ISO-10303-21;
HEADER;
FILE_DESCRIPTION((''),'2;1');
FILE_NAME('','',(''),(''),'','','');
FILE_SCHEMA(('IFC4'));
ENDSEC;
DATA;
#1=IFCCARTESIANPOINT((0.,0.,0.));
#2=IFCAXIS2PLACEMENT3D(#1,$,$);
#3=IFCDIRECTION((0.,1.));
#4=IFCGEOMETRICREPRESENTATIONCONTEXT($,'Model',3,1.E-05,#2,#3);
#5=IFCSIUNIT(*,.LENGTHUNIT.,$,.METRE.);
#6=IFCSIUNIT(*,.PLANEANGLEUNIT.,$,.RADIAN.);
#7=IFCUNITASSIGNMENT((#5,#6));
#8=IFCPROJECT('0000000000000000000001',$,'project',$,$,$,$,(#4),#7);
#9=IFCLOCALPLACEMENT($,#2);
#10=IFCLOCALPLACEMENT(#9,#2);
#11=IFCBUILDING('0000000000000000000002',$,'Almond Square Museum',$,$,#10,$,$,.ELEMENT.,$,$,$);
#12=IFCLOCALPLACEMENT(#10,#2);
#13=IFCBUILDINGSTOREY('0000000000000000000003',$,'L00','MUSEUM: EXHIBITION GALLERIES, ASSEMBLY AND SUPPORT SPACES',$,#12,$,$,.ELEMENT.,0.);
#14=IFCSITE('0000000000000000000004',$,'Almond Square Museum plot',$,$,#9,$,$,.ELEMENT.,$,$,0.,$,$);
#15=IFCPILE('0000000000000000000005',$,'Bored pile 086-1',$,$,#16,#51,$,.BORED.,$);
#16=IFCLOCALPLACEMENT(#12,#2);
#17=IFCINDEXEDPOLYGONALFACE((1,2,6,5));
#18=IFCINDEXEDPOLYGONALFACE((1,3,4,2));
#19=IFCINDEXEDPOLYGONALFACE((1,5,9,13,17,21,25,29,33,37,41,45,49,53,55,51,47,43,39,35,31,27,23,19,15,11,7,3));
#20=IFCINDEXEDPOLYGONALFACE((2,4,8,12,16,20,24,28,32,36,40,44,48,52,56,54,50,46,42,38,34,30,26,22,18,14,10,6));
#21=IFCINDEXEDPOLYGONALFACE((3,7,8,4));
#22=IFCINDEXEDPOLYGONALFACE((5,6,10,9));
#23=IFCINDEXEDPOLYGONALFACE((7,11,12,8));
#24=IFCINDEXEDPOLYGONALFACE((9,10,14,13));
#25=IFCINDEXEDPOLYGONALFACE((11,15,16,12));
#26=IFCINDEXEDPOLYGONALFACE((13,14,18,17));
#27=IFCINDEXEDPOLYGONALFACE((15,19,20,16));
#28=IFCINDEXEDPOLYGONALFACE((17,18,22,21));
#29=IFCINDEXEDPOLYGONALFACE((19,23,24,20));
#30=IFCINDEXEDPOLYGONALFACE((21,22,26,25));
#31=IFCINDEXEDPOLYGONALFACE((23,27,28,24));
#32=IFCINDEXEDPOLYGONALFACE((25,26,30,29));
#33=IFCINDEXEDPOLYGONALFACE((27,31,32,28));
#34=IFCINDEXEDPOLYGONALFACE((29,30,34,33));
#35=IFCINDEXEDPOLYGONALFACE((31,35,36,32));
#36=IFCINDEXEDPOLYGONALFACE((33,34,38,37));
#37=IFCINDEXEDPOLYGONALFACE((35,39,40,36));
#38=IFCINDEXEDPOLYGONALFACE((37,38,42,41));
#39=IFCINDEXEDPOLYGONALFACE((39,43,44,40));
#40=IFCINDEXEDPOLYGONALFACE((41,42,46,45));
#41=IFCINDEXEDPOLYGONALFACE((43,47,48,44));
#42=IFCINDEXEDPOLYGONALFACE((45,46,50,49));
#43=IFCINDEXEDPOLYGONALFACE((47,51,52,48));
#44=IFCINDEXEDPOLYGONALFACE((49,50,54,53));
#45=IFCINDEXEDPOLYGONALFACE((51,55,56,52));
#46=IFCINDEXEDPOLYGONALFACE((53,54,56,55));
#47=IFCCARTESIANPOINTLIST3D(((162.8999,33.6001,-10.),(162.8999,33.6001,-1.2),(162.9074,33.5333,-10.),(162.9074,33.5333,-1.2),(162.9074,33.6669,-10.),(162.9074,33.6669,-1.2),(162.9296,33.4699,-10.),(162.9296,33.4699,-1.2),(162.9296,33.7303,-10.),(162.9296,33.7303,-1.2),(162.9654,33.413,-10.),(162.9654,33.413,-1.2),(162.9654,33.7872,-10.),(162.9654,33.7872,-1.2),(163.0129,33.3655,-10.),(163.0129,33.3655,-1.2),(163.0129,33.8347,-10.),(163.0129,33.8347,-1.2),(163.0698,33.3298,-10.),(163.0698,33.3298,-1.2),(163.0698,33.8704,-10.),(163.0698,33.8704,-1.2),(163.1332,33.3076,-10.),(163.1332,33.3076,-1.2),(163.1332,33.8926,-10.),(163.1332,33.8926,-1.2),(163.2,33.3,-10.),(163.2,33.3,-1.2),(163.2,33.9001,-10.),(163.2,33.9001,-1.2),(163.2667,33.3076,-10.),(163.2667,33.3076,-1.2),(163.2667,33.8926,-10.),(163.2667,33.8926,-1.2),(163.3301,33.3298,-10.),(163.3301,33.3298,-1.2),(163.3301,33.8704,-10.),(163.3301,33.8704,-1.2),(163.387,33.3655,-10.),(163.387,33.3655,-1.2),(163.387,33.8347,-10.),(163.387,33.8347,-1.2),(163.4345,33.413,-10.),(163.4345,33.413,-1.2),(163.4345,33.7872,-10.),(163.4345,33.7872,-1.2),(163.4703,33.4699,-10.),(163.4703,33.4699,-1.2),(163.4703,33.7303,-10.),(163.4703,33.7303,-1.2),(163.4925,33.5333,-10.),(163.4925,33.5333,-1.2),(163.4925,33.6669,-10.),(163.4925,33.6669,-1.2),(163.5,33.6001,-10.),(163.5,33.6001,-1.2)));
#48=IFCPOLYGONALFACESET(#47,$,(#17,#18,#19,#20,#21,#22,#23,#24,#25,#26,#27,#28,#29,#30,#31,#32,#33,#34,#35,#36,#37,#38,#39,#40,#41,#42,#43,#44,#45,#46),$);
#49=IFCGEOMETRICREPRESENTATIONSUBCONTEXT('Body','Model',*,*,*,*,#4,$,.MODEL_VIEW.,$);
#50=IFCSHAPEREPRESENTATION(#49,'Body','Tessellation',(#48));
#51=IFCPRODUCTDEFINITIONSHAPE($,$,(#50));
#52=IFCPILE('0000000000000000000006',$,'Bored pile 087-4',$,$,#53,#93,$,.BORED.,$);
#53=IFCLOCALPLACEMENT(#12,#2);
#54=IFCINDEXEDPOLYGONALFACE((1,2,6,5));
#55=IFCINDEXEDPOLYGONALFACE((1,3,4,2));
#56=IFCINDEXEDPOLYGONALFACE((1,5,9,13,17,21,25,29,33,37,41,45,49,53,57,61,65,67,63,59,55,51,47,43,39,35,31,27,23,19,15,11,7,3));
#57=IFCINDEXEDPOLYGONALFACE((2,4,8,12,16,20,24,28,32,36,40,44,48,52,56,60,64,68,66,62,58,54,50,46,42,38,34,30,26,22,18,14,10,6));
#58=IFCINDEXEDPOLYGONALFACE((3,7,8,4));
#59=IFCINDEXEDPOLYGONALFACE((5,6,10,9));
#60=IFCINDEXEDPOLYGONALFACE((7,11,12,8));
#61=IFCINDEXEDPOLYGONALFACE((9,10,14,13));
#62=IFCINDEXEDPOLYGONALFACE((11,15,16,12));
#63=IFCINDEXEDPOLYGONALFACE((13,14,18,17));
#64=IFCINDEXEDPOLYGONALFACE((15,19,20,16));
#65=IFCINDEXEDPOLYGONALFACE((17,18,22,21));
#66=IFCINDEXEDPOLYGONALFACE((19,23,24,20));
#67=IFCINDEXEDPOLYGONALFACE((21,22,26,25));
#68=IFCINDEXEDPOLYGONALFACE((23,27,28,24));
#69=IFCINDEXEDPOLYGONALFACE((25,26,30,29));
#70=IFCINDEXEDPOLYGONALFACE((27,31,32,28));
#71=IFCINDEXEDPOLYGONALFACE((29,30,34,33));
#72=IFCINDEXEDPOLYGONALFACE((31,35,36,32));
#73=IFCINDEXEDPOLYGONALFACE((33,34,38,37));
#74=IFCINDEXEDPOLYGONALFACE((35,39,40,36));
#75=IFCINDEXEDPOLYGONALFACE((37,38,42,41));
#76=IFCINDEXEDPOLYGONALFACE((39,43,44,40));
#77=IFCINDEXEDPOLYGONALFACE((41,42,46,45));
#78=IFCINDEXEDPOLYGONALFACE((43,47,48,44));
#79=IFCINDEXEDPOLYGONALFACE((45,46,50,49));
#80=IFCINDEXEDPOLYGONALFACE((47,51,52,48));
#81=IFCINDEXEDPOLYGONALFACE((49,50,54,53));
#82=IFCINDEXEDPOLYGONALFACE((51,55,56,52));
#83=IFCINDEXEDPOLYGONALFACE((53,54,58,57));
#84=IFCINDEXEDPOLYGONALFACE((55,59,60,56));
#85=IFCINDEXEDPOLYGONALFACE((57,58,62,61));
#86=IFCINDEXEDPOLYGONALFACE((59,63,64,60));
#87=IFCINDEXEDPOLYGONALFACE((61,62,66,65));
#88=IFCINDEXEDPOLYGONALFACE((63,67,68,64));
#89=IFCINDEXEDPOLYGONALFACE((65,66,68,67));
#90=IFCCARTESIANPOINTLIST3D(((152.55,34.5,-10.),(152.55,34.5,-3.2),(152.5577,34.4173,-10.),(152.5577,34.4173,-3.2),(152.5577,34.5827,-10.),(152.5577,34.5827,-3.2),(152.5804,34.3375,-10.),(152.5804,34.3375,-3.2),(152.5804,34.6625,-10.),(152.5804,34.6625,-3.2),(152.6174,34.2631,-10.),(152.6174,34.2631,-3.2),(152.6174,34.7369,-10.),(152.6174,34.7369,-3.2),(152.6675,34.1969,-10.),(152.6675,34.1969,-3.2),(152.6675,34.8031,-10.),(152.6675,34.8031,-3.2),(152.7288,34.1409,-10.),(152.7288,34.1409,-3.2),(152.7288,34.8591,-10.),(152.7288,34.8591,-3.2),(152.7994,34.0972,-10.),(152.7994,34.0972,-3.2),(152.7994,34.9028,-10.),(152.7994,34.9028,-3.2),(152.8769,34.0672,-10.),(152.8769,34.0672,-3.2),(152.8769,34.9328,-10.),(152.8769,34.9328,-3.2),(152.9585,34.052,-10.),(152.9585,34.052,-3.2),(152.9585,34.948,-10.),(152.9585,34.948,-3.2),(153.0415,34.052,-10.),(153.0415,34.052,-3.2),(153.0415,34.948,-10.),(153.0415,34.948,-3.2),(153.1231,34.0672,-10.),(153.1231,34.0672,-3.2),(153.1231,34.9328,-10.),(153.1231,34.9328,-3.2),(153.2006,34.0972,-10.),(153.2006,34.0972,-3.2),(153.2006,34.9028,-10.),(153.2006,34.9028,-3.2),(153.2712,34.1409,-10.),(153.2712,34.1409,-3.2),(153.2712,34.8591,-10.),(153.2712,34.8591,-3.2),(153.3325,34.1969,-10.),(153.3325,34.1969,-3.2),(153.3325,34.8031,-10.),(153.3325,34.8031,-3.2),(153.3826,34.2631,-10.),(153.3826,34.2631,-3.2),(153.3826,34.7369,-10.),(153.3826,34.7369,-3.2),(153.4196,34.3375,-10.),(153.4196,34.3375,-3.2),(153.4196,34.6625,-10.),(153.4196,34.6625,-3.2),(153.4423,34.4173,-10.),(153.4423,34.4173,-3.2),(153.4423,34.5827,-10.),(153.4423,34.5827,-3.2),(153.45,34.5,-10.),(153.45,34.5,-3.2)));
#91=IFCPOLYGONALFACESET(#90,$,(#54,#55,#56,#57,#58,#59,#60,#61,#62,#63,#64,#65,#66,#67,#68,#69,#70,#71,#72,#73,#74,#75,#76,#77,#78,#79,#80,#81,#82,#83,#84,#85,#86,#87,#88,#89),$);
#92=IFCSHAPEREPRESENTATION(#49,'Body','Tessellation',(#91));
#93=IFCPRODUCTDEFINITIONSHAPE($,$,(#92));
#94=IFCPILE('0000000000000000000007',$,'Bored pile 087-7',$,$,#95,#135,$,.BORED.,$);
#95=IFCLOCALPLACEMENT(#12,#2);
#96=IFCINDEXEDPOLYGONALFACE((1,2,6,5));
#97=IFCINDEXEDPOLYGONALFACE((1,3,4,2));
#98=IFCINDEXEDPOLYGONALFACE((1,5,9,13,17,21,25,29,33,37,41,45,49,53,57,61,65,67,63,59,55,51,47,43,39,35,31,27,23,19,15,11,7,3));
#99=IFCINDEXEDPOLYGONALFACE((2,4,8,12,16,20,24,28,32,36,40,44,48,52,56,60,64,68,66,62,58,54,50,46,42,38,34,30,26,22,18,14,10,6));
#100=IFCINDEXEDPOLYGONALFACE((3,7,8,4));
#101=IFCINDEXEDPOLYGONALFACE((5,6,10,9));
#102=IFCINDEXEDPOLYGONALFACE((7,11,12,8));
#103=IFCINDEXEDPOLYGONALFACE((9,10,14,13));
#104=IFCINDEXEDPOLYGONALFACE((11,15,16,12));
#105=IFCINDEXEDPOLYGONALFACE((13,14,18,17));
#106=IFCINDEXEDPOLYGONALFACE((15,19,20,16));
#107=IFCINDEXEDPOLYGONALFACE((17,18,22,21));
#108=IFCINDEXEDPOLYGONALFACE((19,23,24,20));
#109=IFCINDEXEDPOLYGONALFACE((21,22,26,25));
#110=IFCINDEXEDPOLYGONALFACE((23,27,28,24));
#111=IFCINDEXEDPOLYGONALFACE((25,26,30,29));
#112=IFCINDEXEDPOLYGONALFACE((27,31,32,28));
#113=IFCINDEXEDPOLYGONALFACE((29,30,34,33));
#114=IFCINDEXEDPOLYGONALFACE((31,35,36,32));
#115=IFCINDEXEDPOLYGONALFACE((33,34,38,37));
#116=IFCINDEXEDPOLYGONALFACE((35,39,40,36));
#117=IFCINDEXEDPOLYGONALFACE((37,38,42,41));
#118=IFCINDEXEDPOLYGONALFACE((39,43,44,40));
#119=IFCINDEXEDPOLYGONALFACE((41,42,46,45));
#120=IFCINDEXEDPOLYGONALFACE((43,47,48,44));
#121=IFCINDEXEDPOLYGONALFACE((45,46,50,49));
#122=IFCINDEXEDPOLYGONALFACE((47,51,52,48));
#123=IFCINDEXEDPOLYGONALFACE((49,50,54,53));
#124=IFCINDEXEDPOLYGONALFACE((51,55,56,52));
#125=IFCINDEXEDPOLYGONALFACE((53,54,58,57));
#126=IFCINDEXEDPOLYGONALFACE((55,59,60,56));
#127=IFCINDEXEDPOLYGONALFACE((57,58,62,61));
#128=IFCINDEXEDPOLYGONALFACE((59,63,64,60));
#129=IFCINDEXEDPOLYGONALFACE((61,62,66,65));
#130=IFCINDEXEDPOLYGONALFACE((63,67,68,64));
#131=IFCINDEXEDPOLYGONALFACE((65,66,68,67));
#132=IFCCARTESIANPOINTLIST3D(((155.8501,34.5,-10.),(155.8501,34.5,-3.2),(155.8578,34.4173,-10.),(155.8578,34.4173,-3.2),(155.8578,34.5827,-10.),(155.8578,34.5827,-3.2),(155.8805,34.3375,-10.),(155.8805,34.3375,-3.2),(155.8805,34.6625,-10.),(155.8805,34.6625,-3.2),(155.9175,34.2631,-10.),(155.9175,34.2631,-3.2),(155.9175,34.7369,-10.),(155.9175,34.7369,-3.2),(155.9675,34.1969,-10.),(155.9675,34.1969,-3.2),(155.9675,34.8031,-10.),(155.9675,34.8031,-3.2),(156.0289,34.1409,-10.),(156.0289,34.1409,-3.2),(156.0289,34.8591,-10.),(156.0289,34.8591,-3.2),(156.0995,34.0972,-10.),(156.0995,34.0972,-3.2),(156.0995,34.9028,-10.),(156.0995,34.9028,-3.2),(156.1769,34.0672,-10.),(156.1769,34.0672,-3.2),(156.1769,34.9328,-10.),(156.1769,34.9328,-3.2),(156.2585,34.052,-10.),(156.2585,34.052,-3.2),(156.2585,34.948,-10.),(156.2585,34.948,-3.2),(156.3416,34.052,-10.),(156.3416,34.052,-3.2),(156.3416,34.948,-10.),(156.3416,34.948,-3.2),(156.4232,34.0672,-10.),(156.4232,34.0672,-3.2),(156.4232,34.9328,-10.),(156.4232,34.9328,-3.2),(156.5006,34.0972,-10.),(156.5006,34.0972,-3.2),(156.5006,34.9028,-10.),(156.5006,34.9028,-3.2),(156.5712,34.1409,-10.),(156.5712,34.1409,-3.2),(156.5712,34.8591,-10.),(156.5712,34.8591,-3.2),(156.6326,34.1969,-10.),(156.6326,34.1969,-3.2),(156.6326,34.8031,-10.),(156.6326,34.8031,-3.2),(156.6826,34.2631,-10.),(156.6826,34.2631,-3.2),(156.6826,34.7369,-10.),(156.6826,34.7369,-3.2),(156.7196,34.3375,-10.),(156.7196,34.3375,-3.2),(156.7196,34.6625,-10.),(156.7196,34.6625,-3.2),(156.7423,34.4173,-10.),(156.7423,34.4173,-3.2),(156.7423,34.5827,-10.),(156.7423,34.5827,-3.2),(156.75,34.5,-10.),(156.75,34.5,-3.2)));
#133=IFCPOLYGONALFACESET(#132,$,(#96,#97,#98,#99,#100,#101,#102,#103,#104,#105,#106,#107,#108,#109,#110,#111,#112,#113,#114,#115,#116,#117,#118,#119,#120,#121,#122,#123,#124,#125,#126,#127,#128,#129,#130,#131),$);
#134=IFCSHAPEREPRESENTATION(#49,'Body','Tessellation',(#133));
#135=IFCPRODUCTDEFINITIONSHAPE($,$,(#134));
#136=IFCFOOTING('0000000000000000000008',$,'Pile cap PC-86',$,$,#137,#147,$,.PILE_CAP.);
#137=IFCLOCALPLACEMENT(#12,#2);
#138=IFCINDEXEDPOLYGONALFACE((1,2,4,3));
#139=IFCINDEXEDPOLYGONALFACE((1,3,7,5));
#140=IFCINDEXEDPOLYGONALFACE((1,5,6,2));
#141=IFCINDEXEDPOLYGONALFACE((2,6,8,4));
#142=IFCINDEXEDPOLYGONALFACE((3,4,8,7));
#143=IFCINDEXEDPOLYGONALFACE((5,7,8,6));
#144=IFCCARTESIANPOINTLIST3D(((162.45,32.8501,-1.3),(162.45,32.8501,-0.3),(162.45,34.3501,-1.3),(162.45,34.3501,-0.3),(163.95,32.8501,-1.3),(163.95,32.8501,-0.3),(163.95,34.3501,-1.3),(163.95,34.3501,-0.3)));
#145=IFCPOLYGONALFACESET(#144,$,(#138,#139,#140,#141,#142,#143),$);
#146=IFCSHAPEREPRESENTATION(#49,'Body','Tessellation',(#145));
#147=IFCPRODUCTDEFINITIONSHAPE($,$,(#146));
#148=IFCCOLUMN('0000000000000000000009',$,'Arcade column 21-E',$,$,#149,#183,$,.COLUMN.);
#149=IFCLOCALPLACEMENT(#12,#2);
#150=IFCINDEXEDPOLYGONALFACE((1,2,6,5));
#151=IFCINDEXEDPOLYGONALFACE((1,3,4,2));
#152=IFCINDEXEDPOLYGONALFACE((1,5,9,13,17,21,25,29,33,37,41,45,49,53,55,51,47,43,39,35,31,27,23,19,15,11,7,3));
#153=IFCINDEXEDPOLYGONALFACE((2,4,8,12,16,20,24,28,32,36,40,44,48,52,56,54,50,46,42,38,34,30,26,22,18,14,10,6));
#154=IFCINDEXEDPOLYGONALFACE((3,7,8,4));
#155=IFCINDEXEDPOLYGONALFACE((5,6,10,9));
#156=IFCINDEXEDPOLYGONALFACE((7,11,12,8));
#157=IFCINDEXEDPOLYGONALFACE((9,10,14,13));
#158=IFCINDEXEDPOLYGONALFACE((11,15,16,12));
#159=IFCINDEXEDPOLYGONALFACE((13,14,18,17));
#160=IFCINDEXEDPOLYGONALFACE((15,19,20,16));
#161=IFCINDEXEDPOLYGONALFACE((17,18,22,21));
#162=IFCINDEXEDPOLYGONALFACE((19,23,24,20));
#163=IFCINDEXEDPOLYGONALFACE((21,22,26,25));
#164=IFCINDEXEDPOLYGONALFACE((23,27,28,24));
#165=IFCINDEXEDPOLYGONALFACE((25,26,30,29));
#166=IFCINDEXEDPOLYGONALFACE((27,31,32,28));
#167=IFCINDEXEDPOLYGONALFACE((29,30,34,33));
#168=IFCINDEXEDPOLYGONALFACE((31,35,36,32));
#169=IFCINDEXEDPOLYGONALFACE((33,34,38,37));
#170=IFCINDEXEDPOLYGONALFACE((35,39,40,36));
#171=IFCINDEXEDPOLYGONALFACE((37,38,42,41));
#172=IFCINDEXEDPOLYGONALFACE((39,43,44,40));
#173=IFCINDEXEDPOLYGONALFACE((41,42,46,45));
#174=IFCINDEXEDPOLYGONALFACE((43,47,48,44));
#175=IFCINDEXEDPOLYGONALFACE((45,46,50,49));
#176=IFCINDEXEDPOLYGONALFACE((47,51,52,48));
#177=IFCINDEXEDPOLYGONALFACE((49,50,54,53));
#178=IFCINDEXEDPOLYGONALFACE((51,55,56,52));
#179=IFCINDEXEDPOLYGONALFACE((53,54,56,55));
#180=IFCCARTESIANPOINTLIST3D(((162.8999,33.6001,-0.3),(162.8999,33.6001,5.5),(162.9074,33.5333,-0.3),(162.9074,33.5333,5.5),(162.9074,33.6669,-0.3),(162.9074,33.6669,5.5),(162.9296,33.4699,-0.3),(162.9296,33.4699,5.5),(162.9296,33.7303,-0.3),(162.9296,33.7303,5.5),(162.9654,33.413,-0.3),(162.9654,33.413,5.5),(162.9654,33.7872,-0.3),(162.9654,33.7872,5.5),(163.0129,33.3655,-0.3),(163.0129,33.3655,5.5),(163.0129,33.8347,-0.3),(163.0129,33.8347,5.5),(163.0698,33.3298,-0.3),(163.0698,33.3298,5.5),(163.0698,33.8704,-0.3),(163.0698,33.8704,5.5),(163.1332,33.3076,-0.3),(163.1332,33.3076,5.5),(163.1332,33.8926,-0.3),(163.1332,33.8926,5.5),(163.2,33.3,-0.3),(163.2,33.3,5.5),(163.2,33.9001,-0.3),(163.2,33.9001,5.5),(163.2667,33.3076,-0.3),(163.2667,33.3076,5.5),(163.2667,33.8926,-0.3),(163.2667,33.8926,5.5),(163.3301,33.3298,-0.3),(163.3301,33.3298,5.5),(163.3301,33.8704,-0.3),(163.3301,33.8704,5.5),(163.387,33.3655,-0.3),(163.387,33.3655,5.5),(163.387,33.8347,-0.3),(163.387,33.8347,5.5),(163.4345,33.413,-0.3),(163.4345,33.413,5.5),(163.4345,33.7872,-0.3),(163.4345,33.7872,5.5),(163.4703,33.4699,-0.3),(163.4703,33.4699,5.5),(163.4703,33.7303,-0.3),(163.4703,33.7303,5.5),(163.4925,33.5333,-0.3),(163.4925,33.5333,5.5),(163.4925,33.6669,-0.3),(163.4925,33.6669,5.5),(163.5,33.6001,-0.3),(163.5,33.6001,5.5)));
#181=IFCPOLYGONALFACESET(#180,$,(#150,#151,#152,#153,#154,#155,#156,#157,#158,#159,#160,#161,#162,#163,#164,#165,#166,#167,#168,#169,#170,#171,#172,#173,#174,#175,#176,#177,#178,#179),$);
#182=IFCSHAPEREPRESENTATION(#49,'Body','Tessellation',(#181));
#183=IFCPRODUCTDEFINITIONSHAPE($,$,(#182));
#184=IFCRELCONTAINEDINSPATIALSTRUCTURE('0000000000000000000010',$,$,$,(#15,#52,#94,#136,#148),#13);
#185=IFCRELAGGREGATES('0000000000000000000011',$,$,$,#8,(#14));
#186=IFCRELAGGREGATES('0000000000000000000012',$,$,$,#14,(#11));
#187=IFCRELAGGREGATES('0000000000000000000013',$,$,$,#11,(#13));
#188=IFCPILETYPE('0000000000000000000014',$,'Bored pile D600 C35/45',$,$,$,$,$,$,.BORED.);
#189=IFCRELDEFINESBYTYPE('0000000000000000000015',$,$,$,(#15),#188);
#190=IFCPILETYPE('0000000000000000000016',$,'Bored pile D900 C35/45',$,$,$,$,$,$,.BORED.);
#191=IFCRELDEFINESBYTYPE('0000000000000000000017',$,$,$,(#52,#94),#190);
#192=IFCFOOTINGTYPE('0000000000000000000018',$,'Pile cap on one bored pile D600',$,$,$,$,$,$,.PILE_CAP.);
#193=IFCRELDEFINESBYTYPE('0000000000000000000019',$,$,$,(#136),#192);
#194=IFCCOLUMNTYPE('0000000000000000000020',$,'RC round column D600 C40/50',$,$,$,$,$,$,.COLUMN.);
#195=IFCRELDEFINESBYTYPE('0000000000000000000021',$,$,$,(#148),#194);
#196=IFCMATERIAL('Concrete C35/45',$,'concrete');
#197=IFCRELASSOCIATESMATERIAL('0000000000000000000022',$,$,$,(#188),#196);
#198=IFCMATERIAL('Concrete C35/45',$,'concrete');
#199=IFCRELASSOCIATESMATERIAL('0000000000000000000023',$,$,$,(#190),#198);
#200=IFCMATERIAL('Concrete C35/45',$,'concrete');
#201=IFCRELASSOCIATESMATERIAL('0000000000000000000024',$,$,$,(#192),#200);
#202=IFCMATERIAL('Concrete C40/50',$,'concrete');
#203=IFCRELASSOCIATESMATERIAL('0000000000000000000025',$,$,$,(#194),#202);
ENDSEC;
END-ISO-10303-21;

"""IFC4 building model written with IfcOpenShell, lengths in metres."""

from ifc_helpers import new_model, si_unit, direction, frame, origin, origin_2d, place, context, subcontext, project, spatial, rectangle, circle, extrude, material, material_profile, profile_set, type_object, element, save


model = new_model("IFC4")

# Units and contexts
model_context = context("Model", 3, precision=1e-05, world=origin(), true_north=direction((0.0, 1.0)))
body_context = subcontext(model_context, "Body", "Model", "MODEL_VIEW")
ifc_project = project(units=[si_unit("LENGTHUNIT", "METRE"), si_unit("PLANEANGLEUNIT", "RADIAN")], contexts=[model_context])

# Site, building, storey
site_placement = place(None, origin())
site = spatial("IfcSite", under=ifc_project, at=site_placement, Name="Almond Square Museum plot", CompositionType="ELEMENT", RefElevation=0.0)
building_placement = place(site_placement, origin())
building = spatial("IfcBuilding", under=site, at=building_placement, Name="Almond Square Museum", CompositionType="ELEMENT")
storey_placement = place(building_placement, origin())
storey = spatial("IfcBuildingStorey", under=building, at=storey_placement, Name="L00", Description="MUSEUM: EXHIBITION GALLERIES, ASSEMBLY AND SUPPORT SPACES", CompositionType="ELEMENT", Elevation=0.0)

# Piles
ifc_material_1 = material(Name="Concrete C35/45", Category="concrete")
ifc_material_profile_1 = material_profile(ifc_material_1, circle(Radius=0.3, at=origin_2d()))
ifc_profile_set_1 = profile_set([ifc_material_profile_1], Name="Concrete C35/45")
pile_type_1 = type_object("IfcPileType", Name="Bored pile D600 C35/45", PredefinedType="BORED", material=ifc_profile_set_1)
pile_placement = place(storey_placement, frame((163.2, 33.6001, -1.2), z_axis=(0.0, 0.0, -1.0), x_axis=(1.0, 0.0, 0.0)))
element("IfcPile", 1, at=pile_placement, inside=storey, type_object=pile_type_1, Name="Bored pile 086-1", PredefinedType="BORED", context=body_context, shape_type="SweptSolid", body=[
    extrude(circle(Radius=0.3, at=origin_2d()), origin(), (0.0, 0.0, 1.0), 8.8),
])
ifc_material_2 = material(Name="Concrete C35/45", Category="concrete")
ifc_material_profile_2 = material_profile(ifc_material_2, circle(Radius=0.45, at=origin_2d()))
ifc_profile_set_2 = profile_set([ifc_material_profile_2], Name="Concrete C35/45")
pile_type_2 = type_object("IfcPileType", Name="Bored pile D900 C35/45", PredefinedType="BORED", material=ifc_profile_set_2)
for number, where, z_axis, x_axis, name in (
    (2, (153.0, 34.5, -3.2), (0.0, 0.0, -1.0), (1.0, 0.0, 0.0), "Bored pile 087-4"),
    (3, (156.3, 34.5, -3.2), (0.0, 0.0, -1.0), (1.0, 0.0, 0.0), "Bored pile 087-7"),
):
    element("IfcPile", number, at=place(storey_placement, frame(where, z_axis=z_axis, x_axis=x_axis)), inside=storey, type_object=pile_type_2, Name=name, PredefinedType="BORED", context=body_context, shape_type="SweptSolid", body=[
        extrude(circle(Radius=0.45, at=origin_2d()), origin(), (0.0, 0.0, 1.0), 6.8),
    ])

# Footing
ifc_material_3 = material(Name="Concrete C35/45", Category="concrete")
footing_type = type_object("IfcFootingType", Name="Pile cap on one bored pile D600", PredefinedType="PILE_CAP", material=ifc_material_3)
footing_placement = place(storey_placement, frame((163.2, 33.6001, -1.3), z_axis=(0.0, 0.0, 1.0), x_axis=(1.0, 0.0, 0.0)))
element("IfcFooting", 4, at=footing_placement, inside=storey, type_object=footing_type, Name="Pile cap PC-86", PredefinedType="PILE_CAP", context=body_context, shape_type="SweptSolid", body=[
    extrude(rectangle(XDim=1.5, YDim=1.5, at=origin_2d()), origin(), (0.0, 0.0, 1.0), 1.0),
])

# Column
ifc_material_4 = material(Name="Concrete C40/50", Category="concrete")
ifc_material_profile_3 = material_profile(ifc_material_4, circle(Radius=0.3, at=origin_2d()))
ifc_profile_set_3 = profile_set([ifc_material_profile_3], Name="Concrete C40/50")
column_type = type_object("IfcColumnType", Name="RC round column D600 C40/50", PredefinedType="COLUMN", material=ifc_profile_set_3)
column_placement = place(storey_placement, frame((163.2, 33.6001, -0.3), z_axis=(0.0, 0.0, 1.0), x_axis=(1.0, 0.0, 0.0)))
element("IfcColumn", 5, at=column_placement, inside=storey, type_object=column_type, Name="Arcade column 21-E", PredefinedType="COLUMN", context=body_context, shape_type="SweptSolid", body=[
    extrude(circle(Radius=0.3, at=origin_2d()), origin(), (0.0, 0.0, 1.0), 5.8),
])

save(model, "model.ifc")
